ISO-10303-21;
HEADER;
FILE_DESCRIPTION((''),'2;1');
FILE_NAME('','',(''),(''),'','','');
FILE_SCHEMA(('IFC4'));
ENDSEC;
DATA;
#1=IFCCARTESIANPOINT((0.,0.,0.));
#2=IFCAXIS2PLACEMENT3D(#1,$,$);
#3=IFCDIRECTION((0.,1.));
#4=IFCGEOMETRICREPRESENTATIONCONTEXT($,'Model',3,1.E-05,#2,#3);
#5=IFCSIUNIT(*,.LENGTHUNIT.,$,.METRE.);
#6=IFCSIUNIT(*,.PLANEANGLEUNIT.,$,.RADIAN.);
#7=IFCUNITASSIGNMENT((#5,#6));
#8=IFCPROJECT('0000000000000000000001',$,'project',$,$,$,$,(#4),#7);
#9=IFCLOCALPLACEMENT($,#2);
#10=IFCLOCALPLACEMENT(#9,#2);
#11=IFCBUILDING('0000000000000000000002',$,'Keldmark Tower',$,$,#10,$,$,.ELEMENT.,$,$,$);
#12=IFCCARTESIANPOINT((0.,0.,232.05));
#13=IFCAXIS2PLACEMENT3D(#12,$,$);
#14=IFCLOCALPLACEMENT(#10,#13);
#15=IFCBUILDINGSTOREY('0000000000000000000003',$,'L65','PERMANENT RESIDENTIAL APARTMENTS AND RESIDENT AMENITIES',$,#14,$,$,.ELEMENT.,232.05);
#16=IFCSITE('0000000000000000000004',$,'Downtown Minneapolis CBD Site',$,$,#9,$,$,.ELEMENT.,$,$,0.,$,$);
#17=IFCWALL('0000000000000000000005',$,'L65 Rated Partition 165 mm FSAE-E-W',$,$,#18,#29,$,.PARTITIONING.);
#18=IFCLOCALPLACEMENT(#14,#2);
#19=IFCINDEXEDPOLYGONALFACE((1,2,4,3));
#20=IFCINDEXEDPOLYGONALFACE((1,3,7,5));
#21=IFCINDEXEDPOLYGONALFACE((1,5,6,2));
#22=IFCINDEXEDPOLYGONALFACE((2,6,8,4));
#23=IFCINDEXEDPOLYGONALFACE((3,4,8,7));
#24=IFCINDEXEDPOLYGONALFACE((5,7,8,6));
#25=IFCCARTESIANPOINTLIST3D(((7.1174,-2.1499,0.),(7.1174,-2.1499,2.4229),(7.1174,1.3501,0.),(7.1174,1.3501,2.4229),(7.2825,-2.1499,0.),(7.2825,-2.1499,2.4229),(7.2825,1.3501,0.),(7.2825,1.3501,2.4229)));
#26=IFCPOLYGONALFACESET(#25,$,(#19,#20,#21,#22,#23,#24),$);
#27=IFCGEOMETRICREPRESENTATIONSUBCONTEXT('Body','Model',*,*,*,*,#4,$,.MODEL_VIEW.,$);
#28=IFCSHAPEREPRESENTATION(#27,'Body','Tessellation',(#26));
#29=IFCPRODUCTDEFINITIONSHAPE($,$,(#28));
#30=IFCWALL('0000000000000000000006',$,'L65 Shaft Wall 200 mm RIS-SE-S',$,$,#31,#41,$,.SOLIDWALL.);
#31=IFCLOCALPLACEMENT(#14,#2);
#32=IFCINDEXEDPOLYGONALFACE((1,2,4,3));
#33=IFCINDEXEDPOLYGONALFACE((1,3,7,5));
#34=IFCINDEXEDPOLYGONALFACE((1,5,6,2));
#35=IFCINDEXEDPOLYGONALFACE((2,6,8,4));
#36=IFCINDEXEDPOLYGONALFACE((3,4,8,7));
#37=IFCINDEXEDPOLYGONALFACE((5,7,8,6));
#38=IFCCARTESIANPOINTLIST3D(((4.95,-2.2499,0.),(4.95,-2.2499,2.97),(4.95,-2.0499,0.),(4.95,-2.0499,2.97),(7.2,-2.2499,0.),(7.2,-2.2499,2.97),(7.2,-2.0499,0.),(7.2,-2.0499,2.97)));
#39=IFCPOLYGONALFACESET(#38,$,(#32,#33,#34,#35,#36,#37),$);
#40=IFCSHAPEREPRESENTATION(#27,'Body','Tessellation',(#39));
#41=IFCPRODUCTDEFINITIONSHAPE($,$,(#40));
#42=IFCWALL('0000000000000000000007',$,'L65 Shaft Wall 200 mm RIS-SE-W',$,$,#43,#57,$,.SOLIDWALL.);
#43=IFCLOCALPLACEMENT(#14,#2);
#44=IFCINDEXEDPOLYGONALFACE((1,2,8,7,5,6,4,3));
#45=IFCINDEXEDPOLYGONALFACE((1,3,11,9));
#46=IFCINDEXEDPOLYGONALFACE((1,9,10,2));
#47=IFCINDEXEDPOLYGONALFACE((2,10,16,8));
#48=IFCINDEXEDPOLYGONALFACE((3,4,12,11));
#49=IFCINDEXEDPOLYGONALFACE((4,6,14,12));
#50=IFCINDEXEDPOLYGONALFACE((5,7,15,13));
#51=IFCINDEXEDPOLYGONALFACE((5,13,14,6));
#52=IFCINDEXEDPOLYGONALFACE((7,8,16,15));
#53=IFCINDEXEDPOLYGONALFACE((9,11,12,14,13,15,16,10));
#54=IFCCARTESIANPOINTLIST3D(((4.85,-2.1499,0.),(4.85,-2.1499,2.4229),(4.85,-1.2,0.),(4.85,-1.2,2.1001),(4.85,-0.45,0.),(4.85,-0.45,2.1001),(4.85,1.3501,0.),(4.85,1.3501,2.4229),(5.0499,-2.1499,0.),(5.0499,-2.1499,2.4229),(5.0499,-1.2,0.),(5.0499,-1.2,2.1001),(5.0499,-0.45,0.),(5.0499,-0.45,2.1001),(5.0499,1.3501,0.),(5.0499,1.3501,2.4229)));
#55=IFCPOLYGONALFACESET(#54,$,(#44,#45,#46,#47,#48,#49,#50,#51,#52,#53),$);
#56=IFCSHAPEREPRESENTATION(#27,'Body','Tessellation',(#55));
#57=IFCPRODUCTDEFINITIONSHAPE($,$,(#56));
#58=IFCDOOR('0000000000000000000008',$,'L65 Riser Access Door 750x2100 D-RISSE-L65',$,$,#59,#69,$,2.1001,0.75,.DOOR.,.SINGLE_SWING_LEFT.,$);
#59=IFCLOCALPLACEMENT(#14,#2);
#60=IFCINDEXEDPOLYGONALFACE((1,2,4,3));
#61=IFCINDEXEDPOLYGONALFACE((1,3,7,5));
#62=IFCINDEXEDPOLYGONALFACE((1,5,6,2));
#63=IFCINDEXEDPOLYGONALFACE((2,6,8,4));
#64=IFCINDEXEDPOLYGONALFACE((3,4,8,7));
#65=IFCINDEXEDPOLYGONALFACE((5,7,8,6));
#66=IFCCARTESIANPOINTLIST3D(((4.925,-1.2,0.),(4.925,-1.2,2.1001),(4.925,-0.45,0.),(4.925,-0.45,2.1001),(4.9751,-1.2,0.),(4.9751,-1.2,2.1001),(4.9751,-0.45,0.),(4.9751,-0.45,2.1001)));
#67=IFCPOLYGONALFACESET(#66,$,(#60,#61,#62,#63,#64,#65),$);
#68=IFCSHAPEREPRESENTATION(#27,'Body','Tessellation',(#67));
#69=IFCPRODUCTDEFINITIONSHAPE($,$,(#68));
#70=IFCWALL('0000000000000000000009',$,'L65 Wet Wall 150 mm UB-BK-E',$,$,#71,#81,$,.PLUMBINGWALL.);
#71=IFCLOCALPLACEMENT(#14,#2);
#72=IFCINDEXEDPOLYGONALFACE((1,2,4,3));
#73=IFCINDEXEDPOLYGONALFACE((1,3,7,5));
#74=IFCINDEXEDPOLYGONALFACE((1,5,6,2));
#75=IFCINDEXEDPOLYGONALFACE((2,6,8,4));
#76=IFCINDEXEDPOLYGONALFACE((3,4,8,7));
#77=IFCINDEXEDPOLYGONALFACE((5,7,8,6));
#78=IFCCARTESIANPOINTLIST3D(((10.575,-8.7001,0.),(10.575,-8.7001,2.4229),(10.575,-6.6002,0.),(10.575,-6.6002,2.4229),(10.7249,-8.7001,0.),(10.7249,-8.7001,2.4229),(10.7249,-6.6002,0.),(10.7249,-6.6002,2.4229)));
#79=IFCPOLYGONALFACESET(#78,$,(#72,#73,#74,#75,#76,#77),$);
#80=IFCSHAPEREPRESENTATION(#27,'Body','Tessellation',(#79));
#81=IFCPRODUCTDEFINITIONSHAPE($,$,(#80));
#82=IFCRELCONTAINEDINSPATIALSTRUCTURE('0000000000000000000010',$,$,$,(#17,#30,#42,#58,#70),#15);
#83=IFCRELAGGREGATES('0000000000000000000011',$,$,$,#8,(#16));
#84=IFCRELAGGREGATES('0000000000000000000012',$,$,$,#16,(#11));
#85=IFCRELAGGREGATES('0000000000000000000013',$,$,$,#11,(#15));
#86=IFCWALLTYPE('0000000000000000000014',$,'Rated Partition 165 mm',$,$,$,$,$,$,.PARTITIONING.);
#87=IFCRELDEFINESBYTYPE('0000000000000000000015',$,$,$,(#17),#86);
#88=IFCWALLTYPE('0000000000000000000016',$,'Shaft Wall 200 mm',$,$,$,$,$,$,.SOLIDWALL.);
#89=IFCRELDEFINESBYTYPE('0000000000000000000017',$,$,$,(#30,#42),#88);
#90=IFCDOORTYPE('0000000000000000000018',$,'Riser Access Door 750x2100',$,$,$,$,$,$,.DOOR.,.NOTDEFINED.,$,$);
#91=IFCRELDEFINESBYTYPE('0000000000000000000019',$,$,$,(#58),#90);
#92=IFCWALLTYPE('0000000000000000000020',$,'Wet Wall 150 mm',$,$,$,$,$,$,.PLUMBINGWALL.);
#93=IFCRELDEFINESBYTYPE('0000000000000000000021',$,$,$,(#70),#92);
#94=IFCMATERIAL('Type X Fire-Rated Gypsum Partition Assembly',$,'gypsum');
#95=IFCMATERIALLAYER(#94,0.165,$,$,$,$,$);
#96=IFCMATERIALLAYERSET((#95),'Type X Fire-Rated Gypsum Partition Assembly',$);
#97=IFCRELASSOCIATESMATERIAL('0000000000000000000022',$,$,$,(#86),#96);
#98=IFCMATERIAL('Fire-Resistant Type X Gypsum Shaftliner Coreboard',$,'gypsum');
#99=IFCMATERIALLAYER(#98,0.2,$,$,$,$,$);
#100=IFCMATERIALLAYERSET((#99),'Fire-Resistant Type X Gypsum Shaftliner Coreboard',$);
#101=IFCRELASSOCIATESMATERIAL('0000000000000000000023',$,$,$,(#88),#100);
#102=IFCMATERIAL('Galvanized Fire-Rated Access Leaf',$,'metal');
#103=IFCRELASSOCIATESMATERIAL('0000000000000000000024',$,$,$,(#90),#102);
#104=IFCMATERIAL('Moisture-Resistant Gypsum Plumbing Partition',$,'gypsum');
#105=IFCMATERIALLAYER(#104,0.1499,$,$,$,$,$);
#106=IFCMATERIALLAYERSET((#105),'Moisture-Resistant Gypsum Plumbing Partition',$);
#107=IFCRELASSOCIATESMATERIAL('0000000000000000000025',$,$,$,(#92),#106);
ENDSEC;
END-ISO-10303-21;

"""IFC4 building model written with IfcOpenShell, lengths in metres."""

from ifc_helpers import new_model, si_unit, direction, frame, frame_2d, origin, place, context, subcontext, project, spatial, rectangle, extrude, material, layer, layer_set, type_object, element, fill, save


model = new_model("IFC4")

# Units and contexts
model_context = context("Model", 3, precision=1e-05, world=origin(), true_north=direction((0.0, 1.0)))
body_context = subcontext(model_context, "Body", "Model", "MODEL_VIEW")
ifc_project = project(units=[si_unit("LENGTHUNIT", "METRE"), si_unit("PLANEANGLEUNIT", "RADIAN")], contexts=[model_context])

# Site, building, storey
site_placement = place(None, origin())
site = spatial("IfcSite", under=ifc_project, at=site_placement, Name="Downtown Minneapolis CBD Site", CompositionType="ELEMENT", RefElevation=0.0)
building_placement = place(site_placement, origin())
building = spatial("IfcBuilding", under=site, at=building_placement, Name="Keldmark Tower", CompositionType="ELEMENT")
storey_placement = place(building_placement, frame((0.0, 0.0, 232.05)))
storey = spatial("IfcBuildingStorey", under=building, at=storey_placement, Name="L65", Description="PERMANENT RESIDENTIAL APARTMENTS AND RESIDENT AMENITIES", CompositionType="ELEMENT", Elevation=232.05)

# Walls
ifc_material_1 = material(Name="Type X Fire-Rated Gypsum Partition Assembly", Category="gypsum")
ifc_layer_1 = layer(ifc_material_1, 0.165)
ifc_layer_set_1 = layer_set([ifc_layer_1], Name="Type X Fire-Rated Gypsum Partition Assembly")
wall_type_1 = type_object("IfcWallType", Name="Rated Partition 165 mm", PredefinedType="PARTITIONING", material=ifc_layer_set_1)
wall_1_placement = place(storey_placement, frame((7.2, -2.1499, 0.0), z_axis=(0.0, 0.0, 1.0), x_axis=(0.0, 1.0, 0.0)))
element("IfcWall", 1, at=wall_1_placement, inside=storey, type_object=wall_type_1, Name="L65 Rated Partition 165 mm FSAE-E-W", PredefinedType="PARTITIONING", context=body_context, shape_type="SweptSolid", body=[
    extrude(rectangle(XDim=3.5, YDim=0.165, at=frame_2d((1.75, 0.0))), origin(), (0.0, 0.0, 1.0), 2.4229),
])
ifc_material_2 = material(Name="Fire-Resistant Type X Gypsum Shaftliner Coreboard", Category="gypsum")
ifc_layer_2 = layer(ifc_material_2, 0.2)
ifc_layer_set_2 = layer_set([ifc_layer_2], Name="Fire-Resistant Type X Gypsum Shaftliner Coreboard")
wall_type_2 = type_object("IfcWallType", Name="Shaft Wall 200 mm", PredefinedType="SOLIDWALL", material=ifc_layer_set_2)
wall_2_placement = place(storey_placement, frame((4.95, -2.1499, 0.0), z_axis=(0.0, 0.0, 1.0), x_axis=(1.0, 0.0, 0.0)))
element("IfcWall", 2, at=wall_2_placement, inside=storey, type_object=wall_type_2, Name="L65 Shaft Wall 200 mm RIS-SE-S", PredefinedType="SOLIDWALL", context=body_context, shape_type="SweptSolid", body=[
    extrude(rectangle(XDim=2.25, YDim=0.2, at=frame_2d((1.125, 0.0))), origin(), (0.0, 0.0, 1.0), 2.97),
])

# Wall, opening, door
wall_3_placement = place(storey_placement, frame((4.95, -2.1499, 0.0), z_axis=(0.0, 0.0, 1.0), x_axis=(0.0, 1.0, 0.0)))
wall_3 = element("IfcWall", 3, at=wall_3_placement, inside=storey, type_object=wall_type_2, Name="L65 Shaft Wall 200 mm RIS-SE-W", PredefinedType="SOLIDWALL", context=body_context, shape_type="SweptSolid", body=[
    extrude(rectangle(XDim=3.5, YDim=0.2, at=frame_2d((1.75, 0.0))), origin(), (0.0, 0.0, 1.0), 2.4229),
])
opening_placement = place(wall_3_placement, frame((0.95, 0.0, 0.0)))
opening = element("IfcOpeningElement", 4, at=opening_placement, cuts=wall_3, PredefinedType="OPENING", context=body_context, shape_type="SweptSolid", body=[
    extrude(rectangle(XDim=0.75, YDim=2.1001, at=frame_2d((0.375, 1.05))), frame((0.0, 0.1099, 0.0), z_axis=(0.0, -1.0, 0.0), x_axis=(1.0, 0.0, 0.0)), (0.0, 0.0, 1.0), 0.22),
])
ifc_material_3 = material(Name="Galvanized Fire-Rated Access Leaf", Category="metal")
door_type = type_object("IfcDoorType", Name="Riser Access Door 750x2100", OperationType="NOTDEFINED", PredefinedType="DOOR", material=ifc_material_3)
door_placement = place(opening_placement, origin())
door = element("IfcDoor", 5, at=door_placement, inside=storey, type_object=door_type, Name="L65 Riser Access Door 750x2100 D-RISSE-L65", OperationType="SINGLE_SWING_LEFT", OverallHeight=2.1001, OverallWidth=0.75, PredefinedType="DOOR", context=body_context, shape_type="SweptSolid", body=[
    extrude(rectangle(XDim=0.75, YDim=2.1001, at=frame_2d((0.375, 1.05))), frame((0.0, 0.0249, 0.0), z_axis=(0.0, -1.0, 0.0), x_axis=(1.0, 0.0, 0.0)), (0.0, 0.0, 1.0), 0.05),
])
fill(opening, door)

# Wall
ifc_material_4 = material(Name="Moisture-Resistant Gypsum Plumbing Partition", Category="gypsum")
ifc_layer_3 = layer(ifc_material_4, 0.1499)
ifc_layer_set_3 = layer_set([ifc_layer_3], Name="Moisture-Resistant Gypsum Plumbing Partition")
wall_type_3 = type_object("IfcWallType", Name="Wet Wall 150 mm", PredefinedType="PLUMBINGWALL", material=ifc_layer_set_3)
wall_4_placement = place(storey_placement, frame((10.6499, -8.7, 0.0), z_axis=(0.0, 0.0, 1.0), x_axis=(0.0, 1.0, 0.0)))
element("IfcWall", 6, at=wall_4_placement, inside=storey, type_object=wall_type_3, Name="L65 Wet Wall 150 mm UB-BK-E", PredefinedType="PLUMBINGWALL", context=body_context, shape_type="SweptSolid", body=[
    extrude(rectangle(XDim=2.0999, YDim=0.1499, at=frame_2d((1.0498, 0.0))), origin(), (0.0, 0.0, 1.0), 2.4229),
])

save(model, "model.ifc")
